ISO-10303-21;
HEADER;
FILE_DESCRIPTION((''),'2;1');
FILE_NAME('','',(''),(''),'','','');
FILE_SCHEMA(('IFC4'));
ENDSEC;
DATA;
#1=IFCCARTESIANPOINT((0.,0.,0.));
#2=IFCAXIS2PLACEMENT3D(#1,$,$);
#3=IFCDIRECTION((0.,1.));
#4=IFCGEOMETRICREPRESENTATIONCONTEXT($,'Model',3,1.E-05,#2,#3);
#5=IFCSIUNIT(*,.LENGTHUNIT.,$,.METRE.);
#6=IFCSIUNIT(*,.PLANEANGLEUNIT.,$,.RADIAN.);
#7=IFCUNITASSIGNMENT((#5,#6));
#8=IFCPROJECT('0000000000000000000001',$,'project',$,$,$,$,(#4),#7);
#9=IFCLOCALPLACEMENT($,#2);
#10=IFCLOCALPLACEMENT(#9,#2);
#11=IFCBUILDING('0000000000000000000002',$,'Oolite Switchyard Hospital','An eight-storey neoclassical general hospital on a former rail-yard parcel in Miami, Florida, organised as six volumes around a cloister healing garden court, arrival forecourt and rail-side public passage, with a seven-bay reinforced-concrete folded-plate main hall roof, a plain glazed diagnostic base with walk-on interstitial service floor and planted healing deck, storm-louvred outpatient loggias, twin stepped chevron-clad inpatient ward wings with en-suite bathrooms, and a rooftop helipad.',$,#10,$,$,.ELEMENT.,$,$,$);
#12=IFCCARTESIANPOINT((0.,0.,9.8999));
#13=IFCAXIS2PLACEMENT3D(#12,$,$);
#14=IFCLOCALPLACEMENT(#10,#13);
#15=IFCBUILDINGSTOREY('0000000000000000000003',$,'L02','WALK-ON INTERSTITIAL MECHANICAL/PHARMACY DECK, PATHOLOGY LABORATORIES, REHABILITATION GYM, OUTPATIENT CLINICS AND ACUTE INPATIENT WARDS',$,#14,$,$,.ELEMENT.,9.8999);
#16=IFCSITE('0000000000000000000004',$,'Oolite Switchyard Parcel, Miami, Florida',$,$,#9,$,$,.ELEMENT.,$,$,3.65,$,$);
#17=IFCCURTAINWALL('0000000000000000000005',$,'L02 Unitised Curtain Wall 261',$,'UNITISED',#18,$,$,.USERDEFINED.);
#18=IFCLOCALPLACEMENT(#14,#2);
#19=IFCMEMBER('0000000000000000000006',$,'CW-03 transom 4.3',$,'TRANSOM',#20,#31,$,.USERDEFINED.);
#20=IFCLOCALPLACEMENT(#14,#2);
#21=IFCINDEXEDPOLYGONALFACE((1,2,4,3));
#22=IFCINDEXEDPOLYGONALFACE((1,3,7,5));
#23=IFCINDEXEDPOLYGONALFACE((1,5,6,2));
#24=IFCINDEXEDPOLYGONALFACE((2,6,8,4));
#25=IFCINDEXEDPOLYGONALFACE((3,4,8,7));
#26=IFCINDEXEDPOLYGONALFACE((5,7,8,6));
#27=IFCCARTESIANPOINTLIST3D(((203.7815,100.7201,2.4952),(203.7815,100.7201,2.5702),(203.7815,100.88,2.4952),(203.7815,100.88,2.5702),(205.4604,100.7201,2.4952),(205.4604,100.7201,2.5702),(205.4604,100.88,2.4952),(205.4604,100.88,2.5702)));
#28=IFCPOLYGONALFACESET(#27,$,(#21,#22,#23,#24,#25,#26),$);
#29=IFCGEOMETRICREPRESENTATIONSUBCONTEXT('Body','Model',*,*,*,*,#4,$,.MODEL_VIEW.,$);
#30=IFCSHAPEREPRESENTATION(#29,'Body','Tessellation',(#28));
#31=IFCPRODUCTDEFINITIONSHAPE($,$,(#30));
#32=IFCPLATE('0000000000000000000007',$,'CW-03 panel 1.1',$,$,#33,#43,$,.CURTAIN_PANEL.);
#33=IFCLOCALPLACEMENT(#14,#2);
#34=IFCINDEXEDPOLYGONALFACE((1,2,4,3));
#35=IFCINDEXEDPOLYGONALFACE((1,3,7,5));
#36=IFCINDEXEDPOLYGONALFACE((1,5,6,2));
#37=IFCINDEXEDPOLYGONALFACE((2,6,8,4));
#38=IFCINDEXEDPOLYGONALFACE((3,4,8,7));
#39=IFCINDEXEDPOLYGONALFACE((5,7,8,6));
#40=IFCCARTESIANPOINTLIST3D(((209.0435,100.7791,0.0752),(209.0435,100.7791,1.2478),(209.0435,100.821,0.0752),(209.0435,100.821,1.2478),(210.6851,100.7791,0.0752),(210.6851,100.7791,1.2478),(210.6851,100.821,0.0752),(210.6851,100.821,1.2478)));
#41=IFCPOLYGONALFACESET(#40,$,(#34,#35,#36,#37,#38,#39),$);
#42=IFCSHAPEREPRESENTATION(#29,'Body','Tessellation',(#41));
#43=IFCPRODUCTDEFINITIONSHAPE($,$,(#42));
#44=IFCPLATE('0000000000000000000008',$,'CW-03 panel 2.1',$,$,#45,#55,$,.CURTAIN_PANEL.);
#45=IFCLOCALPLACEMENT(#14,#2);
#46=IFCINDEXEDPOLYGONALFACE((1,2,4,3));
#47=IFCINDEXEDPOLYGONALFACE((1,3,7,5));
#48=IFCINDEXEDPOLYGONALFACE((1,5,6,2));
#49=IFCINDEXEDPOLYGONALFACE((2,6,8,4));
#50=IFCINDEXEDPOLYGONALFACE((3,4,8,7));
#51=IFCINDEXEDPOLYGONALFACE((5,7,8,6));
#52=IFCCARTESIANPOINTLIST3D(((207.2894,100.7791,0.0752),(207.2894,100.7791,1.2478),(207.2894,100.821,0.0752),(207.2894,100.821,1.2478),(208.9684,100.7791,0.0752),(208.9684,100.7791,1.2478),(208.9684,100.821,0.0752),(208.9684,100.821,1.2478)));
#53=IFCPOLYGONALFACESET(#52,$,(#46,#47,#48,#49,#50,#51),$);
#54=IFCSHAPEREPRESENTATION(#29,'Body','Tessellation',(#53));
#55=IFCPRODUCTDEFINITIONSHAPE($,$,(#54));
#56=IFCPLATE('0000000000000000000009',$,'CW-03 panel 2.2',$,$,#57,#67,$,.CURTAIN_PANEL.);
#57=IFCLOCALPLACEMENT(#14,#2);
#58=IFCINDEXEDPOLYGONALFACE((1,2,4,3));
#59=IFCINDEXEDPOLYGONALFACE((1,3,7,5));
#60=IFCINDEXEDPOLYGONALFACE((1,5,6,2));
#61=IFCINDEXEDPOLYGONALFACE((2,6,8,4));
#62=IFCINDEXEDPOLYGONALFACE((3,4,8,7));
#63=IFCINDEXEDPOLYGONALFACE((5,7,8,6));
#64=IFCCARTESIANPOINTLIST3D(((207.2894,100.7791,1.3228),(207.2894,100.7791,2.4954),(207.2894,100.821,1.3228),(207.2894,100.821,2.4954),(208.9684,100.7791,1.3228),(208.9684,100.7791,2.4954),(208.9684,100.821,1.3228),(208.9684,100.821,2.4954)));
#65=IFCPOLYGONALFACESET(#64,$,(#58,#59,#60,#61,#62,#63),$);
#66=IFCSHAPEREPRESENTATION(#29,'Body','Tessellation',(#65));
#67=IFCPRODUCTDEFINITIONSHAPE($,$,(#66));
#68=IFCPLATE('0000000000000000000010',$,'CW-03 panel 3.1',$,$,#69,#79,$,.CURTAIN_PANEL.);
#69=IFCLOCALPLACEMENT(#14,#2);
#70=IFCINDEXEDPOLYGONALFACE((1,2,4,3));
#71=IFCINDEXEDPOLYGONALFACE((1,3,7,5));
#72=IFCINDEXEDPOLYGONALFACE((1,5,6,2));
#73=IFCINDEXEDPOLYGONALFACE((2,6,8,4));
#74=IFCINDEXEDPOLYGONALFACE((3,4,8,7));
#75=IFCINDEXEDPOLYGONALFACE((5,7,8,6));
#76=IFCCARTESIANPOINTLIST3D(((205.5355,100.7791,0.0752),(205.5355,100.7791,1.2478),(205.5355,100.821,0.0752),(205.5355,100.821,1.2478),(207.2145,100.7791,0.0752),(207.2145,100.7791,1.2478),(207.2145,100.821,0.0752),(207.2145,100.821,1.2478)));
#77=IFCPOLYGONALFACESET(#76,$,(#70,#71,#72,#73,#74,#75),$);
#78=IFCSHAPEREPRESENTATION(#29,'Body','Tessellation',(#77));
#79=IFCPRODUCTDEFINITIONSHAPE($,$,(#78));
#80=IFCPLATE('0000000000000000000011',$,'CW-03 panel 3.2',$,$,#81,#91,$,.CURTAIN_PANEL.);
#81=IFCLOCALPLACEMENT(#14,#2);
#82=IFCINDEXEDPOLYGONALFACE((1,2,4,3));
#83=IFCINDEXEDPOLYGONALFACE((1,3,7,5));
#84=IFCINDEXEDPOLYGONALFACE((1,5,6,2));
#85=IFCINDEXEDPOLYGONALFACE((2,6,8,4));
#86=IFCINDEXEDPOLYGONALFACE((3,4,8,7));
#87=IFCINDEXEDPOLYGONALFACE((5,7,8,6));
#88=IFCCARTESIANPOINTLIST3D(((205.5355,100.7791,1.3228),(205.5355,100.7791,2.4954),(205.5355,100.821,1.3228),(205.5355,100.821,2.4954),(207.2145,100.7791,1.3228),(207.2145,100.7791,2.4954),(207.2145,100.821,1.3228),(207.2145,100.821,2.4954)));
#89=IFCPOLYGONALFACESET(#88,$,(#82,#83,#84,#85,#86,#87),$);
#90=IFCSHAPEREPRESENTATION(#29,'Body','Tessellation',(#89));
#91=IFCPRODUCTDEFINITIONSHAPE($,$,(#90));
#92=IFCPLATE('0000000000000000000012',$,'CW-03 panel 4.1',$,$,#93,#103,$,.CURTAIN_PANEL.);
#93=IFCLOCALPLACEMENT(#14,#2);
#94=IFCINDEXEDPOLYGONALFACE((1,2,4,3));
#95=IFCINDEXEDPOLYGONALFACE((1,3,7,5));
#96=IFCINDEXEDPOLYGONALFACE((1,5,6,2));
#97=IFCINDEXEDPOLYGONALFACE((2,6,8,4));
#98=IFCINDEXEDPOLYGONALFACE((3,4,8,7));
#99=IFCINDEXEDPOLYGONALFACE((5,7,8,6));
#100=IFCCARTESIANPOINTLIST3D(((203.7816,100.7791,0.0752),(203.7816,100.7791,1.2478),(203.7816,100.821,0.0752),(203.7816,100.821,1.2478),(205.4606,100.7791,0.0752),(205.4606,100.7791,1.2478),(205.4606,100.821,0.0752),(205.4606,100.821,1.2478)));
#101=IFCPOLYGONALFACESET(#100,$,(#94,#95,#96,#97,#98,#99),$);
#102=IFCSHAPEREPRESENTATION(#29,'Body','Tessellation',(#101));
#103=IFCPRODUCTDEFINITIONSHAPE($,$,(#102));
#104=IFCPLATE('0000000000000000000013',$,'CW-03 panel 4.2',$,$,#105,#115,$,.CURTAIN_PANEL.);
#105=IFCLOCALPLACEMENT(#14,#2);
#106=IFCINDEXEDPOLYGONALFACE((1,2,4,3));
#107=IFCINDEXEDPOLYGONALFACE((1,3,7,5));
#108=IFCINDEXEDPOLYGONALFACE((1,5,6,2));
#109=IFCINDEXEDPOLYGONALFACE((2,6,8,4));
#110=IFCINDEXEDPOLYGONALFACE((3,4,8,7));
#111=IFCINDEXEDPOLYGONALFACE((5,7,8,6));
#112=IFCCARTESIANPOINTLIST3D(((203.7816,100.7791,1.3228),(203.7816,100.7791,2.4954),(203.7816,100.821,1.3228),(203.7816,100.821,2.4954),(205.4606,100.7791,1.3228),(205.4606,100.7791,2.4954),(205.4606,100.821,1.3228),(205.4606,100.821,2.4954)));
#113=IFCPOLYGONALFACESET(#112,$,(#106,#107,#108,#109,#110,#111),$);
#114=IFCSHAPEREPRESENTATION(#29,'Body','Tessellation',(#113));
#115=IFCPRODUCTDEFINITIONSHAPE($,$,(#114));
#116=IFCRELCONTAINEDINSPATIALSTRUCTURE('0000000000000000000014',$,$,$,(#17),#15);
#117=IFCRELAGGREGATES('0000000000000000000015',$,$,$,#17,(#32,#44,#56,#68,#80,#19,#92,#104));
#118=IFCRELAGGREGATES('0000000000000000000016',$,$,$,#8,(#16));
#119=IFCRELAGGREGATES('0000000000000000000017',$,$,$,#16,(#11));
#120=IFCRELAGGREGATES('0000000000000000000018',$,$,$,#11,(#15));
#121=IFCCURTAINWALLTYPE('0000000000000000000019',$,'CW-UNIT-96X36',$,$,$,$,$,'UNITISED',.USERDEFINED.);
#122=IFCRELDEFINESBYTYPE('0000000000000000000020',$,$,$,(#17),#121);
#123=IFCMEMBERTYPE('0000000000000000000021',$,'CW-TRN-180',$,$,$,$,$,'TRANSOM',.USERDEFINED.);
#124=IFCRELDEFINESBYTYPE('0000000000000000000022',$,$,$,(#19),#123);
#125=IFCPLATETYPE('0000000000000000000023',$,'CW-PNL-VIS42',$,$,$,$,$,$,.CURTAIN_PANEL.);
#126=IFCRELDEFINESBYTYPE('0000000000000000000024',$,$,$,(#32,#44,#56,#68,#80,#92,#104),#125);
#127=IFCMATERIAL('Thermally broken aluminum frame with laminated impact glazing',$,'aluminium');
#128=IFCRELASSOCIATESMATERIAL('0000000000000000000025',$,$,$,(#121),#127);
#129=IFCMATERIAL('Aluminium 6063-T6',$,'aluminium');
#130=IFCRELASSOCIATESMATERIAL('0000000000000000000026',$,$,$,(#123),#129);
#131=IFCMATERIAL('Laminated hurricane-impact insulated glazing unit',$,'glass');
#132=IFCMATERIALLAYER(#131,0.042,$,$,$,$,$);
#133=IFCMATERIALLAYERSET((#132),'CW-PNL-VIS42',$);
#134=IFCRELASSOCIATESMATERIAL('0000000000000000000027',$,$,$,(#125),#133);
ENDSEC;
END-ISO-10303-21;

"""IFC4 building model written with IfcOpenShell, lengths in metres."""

from ifc_helpers import new_model, si_unit, direction, frame, origin, origin_2d, place, context, subcontext, project, spatial, rectangle, extrude, material, layer, layer_set, material_profile, profile_set, type_object, element, aggregate, save


model = new_model("IFC4")

# Units and contexts
model_context = context("Model", 3, precision=1e-05, world=origin(), true_north=direction((0.0, 1.0)))
body_context = subcontext(model_context, "Body", "Model", "MODEL_VIEW")
ifc_project = project(units=[si_unit("LENGTHUNIT", "METRE"), si_unit("PLANEANGLEUNIT", "RADIAN")], contexts=[model_context])

# Site, building, storey
site_placement = place(None, origin())
site = spatial("IfcSite", under=ifc_project, at=site_placement, Name="Oolite Switchyard Parcel, Miami, Florida", CompositionType="ELEMENT", RefElevation=3.65)
building_placement = place(site_placement, origin())
building = spatial("IfcBuilding", under=site, at=building_placement, Name="Oolite Switchyard Hospital", Description="An eight-storey neoclassical general hospital on a former rail-yard parcel in Miami, Florida, organised as six volumes around a cloister healing garden court, arrival forecourt and rail-side public passage, with a seven-bay reinforced-concrete folded-plate main hall roof, a plain glazed diagnostic base with walk-on interstitial service floor and planted healing deck, storm-louvred outpatient loggias, twin stepped chevron-clad inpatient ward wings with en-suite bathrooms, and a rooftop helipad.", CompositionType="ELEMENT")
storey_placement = place(building_placement, frame((0.0, 0.0, 9.8999)))
storey = spatial("IfcBuildingStorey", under=building, at=storey_placement, Name="L02", Description="WALK-ON INTERSTITIAL MECHANICAL/PHARMACY DECK, PATHOLOGY LABORATORIES, REHABILITATION GYM, OUTPATIENT CLINICS AND ACUTE INPATIENT WARDS", CompositionType="ELEMENT", Elevation=9.8999)

# Curtain wall, member, plates
ifc_material_1 = material(Name="Thermally broken aluminum frame with laminated impact glazing", Category="aluminium")
curtain_wall_type = type_object("IfcCurtainWallType", Name="CW-UNIT-96X36", ElementType="UNITISED", PredefinedType="USERDEFINED", material=ifc_material_1)
curtain_wall_placement = place(storey_placement, origin())
curtain_wall = element("IfcCurtainWall", 1, at=curtain_wall_placement, inside=storey, type_object=curtain_wall_type, Name="L02 Unitised Curtain Wall 261", ObjectType="UNITISED", PredefinedType="USERDEFINED")
ifc_material_2 = material(Name="Aluminium 6063-T6", Category="aluminium")
ifc_material_profile_1 = material_profile(ifc_material_2, rectangle(XDim=0.1599, YDim=0.075, at=origin_2d()), Name="CWT75X160")
ifc_profile_set_1 = profile_set([ifc_material_profile_1], Name="Aluminium 6063-T6")
member_type_1 = type_object("IfcMemberType", Name="CW-TRN-180", ElementType="TRANSOM", PredefinedType="USERDEFINED", material=ifc_profile_set_1)
member_1_placement = place(storey_placement, frame((205.4604, 100.8, 2.5327), z_axis=(-1.0, 0.0, 0.0), x_axis=(0.0, -1.0, 0.0)))
member_1 = element("IfcMember", 2, at=member_1_placement, type_object=member_type_1, Name="CW-03 transom 4.3", ObjectType="TRANSOM", PredefinedType="USERDEFINED", context=body_context, shape_type="SweptSolid", body=[
    extrude(rectangle(XDim=0.1599, YDim=0.075, at=origin_2d()), origin(), (0.0, 0.0, 1.0), 1.679),
])
ifc_material_3 = material(Name="Laminated hurricane-impact insulated glazing unit", Category="glass")
ifc_layer = layer(ifc_material_3, 0.042)
ifc_layer_set = layer_set([ifc_layer], Name="CW-PNL-VIS42")
plate_type = type_object("IfcPlateType", Name="CW-PNL-VIS42", PredefinedType="CURTAIN_PANEL", material=ifc_layer_set)
plate_1_placement = place(storey_placement, frame((209.8643, 100.8, 0.0752), z_axis=(0.0, 0.0, 1.0), x_axis=(-1.0, 0.0, 0.0)))
plate_1 = element("IfcPlate", 3, at=plate_1_placement, type_object=plate_type, Name="CW-03 panel 1.1", PredefinedType="CURTAIN_PANEL", context=body_context, shape_type="SweptSolid", body=[
    extrude(rectangle(XDim=1.6416, YDim=0.042, at=origin_2d()), origin(), (0.0, 0.0, 1.0), 1.1726),
])
plate_2_placement = place(storey_placement, frame((208.1289, 100.8, 0.0752), z_axis=(0.0, 0.0, 1.0), x_axis=(-1.0, 0.0, 0.0)))
plate_2 = element("IfcPlate", 4, at=plate_2_placement, type_object=plate_type, Name="CW-03 panel 2.1", PredefinedType="CURTAIN_PANEL", context=body_context, shape_type="SweptSolid", body=[
    extrude(rectangle(XDim=1.679, YDim=0.042, at=origin_2d()), origin(), (0.0, 0.0, 1.0), 1.1726),
])
plate_3_placement = place(storey_placement, frame((208.1289, 100.8, 1.3228), z_axis=(0.0, 0.0, 1.0), x_axis=(-1.0, 0.0, 0.0)))
plate_3 = element("IfcPlate", 5, at=plate_3_placement, type_object=plate_type, Name="CW-03 panel 2.2", PredefinedType="CURTAIN_PANEL", context=body_context, shape_type="SweptSolid", body=[
    extrude(rectangle(XDim=1.679, YDim=0.042, at=origin_2d()), origin(), (0.0, 0.0, 1.0), 1.1726),
])
plate_4_placement = place(storey_placement, frame((206.375, 100.8, 0.0752), z_axis=(0.0, 0.0, 1.0), x_axis=(-1.0, 0.0, 0.0)))
plate_4 = element("IfcPlate", 6, at=plate_4_placement, type_object=plate_type, Name="CW-03 panel 3.1", PredefinedType="CURTAIN_PANEL", context=body_context, shape_type="SweptSolid", body=[
    extrude(rectangle(XDim=1.679, YDim=0.042, at=origin_2d()), origin(), (0.0, 0.0, 1.0), 1.1726),
])
plate_5_placement = place(storey_placement, frame((206.375, 100.8, 1.3228), z_axis=(0.0, 0.0, 1.0), x_axis=(-1.0, 0.0, 0.0)))
plate_5 = element("IfcPlate", 7, at=plate_5_placement, type_object=plate_type, Name="CW-03 panel 3.2", PredefinedType="CURTAIN_PANEL", context=body_context, shape_type="SweptSolid", body=[
    extrude(rectangle(XDim=1.679, YDim=0.042, at=origin_2d()), origin(), (0.0, 0.0, 1.0), 1.1726),
])
plate_6_placement = place(storey_placement, frame((204.6211, 100.8, 0.0752), z_axis=(0.0, 0.0, 1.0), x_axis=(-1.0, 0.0, 0.0)))
plate_6 = element("IfcPlate", 8, at=plate_6_placement, type_object=plate_type, Name="CW-03 panel 4.1", PredefinedType="CURTAIN_PANEL", context=body_context, shape_type="SweptSolid", body=[
    extrude(rectangle(XDim=1.679, YDim=0.042, at=origin_2d()), origin(), (0.0, 0.0, 1.0), 1.1726),
])
plate_7_placement = place(storey_placement, frame((204.6211, 100.8, 1.3228), z_axis=(0.0, 0.0, 1.0), x_axis=(-1.0, 0.0, 0.0)))
plate_7 = element("IfcPlate", 9, at=plate_7_placement, type_object=plate_type, Name="CW-03 panel 4.2", PredefinedType="CURTAIN_PANEL", context=body_context, shape_type="SweptSolid", body=[
    extrude(rectangle(XDim=1.679, YDim=0.042, at=origin_2d()), origin(), (0.0, 0.0, 1.0), 1.1726),
])
aggregate(curtain_wall, [plate_1, plate_2, plate_3, plate_4, plate_5, member_1, plate_6, plate_7])

save(model, "model.ifc")
